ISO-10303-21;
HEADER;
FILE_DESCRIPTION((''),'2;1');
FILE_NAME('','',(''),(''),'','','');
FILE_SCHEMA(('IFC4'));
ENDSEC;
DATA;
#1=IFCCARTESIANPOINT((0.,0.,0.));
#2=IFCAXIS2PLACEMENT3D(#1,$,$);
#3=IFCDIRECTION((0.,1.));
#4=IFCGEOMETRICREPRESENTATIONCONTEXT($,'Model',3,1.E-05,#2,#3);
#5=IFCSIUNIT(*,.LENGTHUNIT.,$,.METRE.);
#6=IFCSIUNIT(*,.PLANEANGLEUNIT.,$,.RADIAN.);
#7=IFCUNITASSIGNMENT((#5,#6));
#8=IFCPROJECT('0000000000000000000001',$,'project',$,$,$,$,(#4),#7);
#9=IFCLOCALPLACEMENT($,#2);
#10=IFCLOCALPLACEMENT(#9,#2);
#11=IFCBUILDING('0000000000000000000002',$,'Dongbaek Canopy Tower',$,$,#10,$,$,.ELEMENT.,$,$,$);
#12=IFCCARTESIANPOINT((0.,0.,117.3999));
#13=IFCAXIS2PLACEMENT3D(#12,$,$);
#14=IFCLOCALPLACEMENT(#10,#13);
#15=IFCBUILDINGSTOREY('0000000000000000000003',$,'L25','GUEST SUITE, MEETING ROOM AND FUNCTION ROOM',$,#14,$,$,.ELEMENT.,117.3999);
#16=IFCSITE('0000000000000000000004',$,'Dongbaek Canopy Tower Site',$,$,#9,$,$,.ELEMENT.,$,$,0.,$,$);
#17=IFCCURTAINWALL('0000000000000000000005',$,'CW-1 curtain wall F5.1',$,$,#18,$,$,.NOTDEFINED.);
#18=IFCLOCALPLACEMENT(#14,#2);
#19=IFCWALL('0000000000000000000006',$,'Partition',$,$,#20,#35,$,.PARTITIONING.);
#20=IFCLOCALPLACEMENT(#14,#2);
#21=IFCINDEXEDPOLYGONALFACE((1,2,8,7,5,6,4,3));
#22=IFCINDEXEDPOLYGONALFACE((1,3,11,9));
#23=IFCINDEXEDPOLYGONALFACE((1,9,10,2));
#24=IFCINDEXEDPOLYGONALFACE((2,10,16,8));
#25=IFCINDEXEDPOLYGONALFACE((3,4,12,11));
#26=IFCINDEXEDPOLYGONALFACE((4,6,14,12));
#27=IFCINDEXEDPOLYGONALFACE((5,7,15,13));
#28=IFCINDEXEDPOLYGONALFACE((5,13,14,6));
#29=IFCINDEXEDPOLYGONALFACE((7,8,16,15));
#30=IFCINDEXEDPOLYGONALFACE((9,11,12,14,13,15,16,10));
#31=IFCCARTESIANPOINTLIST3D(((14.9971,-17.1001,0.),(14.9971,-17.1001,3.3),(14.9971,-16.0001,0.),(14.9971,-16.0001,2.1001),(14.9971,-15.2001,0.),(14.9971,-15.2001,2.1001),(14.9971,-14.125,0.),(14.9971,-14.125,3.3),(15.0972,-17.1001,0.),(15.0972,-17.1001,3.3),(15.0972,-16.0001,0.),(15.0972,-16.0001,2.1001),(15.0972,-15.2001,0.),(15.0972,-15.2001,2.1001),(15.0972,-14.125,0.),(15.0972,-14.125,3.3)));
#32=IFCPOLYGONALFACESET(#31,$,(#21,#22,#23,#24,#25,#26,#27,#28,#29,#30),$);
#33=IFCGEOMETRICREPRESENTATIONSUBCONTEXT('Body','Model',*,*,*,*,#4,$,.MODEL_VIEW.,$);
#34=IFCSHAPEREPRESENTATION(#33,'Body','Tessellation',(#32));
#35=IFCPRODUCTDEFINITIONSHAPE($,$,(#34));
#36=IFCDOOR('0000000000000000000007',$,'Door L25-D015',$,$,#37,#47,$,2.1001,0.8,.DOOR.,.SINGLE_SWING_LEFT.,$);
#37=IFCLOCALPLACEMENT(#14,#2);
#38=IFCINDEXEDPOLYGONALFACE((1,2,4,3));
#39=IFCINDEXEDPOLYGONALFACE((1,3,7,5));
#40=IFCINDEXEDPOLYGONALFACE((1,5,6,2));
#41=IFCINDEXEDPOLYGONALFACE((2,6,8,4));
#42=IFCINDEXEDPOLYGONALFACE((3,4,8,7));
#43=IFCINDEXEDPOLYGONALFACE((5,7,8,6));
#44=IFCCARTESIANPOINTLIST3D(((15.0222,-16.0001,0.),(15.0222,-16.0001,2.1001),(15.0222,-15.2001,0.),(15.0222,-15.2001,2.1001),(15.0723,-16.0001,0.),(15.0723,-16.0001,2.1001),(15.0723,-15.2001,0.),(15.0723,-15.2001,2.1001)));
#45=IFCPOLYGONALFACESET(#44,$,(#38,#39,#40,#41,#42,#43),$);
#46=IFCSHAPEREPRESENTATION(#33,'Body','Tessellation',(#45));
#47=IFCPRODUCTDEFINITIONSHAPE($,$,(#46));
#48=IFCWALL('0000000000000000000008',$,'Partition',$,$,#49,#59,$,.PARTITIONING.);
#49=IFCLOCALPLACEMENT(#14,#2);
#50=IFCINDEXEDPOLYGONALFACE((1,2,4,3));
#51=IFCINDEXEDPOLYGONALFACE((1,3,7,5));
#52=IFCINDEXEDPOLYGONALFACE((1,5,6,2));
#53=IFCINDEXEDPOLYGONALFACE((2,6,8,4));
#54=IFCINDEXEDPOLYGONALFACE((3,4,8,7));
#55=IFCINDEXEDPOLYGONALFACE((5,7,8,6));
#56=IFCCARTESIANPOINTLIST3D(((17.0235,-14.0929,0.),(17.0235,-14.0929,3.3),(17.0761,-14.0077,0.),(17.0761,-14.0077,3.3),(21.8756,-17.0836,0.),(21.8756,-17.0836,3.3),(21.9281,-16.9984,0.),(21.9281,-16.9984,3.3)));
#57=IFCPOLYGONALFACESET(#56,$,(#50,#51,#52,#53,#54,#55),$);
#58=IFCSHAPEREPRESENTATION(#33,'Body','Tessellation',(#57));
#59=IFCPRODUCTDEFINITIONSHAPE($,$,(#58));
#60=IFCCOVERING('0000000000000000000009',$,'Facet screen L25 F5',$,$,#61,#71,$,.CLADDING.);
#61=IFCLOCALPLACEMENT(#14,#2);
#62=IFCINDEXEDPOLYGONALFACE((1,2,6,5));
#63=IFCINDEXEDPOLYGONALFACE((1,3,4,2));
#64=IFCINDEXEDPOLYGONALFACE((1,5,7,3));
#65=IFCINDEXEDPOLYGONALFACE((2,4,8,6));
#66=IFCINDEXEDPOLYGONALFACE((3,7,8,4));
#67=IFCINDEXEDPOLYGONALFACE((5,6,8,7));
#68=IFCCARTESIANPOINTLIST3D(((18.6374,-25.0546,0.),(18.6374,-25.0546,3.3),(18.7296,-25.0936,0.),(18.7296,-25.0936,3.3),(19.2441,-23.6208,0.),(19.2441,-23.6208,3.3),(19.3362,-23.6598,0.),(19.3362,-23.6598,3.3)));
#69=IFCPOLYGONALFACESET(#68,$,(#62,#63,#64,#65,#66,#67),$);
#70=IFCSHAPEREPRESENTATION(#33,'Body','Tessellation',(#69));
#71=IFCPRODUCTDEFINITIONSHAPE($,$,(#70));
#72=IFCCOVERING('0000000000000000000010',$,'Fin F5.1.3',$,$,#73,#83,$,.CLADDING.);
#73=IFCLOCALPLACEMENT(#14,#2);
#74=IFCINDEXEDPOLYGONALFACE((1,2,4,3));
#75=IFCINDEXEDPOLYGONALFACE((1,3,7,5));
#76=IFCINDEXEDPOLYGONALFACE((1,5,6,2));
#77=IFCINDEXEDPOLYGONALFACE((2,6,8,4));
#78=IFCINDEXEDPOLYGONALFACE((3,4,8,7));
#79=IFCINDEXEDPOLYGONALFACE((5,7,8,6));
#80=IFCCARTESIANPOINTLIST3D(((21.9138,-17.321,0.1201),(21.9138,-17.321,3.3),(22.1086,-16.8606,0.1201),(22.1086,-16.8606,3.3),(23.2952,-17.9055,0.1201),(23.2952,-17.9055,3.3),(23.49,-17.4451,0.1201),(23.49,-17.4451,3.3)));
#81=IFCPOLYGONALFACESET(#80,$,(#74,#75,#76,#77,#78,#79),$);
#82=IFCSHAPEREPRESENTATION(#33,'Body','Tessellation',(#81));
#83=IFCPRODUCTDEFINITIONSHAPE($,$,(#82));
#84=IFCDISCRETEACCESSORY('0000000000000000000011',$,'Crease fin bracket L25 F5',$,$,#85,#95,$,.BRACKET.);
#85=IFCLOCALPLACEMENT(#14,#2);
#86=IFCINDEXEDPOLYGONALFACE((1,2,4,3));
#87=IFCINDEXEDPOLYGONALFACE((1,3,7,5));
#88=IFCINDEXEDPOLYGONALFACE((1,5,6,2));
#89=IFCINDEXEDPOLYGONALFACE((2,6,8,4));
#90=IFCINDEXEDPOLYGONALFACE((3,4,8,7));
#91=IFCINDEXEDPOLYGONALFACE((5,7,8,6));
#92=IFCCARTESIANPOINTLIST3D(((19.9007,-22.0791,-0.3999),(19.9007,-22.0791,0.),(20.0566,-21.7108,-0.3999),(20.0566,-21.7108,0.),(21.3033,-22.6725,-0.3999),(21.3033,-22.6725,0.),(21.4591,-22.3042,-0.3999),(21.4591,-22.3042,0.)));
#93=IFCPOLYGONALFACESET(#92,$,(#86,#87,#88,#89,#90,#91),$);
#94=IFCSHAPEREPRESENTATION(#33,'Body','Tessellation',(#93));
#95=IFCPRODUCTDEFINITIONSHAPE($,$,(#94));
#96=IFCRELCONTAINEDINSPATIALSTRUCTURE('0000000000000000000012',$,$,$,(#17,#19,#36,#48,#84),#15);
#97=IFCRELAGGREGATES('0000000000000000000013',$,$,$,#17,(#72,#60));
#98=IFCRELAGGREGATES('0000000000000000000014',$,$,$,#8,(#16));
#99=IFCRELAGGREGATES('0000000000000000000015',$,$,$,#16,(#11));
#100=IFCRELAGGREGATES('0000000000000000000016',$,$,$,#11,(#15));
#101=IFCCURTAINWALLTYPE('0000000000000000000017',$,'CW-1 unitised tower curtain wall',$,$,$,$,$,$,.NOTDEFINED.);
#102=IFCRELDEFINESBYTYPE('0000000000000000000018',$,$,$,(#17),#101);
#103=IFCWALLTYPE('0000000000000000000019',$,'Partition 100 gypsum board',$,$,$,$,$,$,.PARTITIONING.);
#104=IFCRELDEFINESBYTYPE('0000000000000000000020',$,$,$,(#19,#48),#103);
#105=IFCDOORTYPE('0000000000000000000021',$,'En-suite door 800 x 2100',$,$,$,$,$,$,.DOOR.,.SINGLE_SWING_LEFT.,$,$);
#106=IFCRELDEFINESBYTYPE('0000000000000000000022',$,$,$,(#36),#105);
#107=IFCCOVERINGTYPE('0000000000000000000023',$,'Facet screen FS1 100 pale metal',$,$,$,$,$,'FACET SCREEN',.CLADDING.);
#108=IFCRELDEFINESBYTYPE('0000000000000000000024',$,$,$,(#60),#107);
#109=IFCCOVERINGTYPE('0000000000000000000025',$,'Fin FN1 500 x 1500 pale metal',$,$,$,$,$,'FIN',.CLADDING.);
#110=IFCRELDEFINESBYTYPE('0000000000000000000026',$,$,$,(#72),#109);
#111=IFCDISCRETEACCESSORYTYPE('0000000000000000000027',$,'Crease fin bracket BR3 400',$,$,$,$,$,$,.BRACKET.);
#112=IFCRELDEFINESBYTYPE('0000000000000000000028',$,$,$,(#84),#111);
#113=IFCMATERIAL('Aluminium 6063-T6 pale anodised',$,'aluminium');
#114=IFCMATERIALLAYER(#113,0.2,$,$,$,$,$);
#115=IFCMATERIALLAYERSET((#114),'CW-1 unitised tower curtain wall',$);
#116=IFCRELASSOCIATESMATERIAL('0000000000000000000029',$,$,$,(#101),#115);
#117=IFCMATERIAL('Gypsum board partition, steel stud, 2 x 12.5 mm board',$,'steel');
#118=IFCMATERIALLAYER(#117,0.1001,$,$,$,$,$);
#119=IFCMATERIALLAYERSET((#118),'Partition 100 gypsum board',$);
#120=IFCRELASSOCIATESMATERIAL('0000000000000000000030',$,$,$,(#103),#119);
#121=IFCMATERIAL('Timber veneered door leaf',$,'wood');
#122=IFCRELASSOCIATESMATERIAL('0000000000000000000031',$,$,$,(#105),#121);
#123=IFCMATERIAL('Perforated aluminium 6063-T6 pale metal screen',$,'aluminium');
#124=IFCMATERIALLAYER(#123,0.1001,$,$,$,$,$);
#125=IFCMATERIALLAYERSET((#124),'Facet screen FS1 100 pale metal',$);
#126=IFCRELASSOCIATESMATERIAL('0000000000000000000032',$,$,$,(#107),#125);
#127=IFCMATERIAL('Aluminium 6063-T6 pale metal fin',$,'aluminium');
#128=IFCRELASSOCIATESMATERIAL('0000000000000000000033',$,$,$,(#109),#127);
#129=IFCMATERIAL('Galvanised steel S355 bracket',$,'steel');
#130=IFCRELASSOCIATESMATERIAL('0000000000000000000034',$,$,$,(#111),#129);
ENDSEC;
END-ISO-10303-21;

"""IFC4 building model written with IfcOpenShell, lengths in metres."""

from ifc_helpers import new_model, si_unit, direction, frame, frame_2d, origin, origin_2d, place, context, subcontext, project, spatial, rectangle, extrude, material, layer, layer_set, material_profile, profile_set, type_object, element, fill, aggregate, save


model = new_model("IFC4")

# Units and contexts
model_context = context("Model", 3, precision=1e-05, world=origin(), true_north=direction((0.0, 1.0)))
body_context = subcontext(model_context, "Body", "Model", "MODEL_VIEW")
ifc_project = project(units=[si_unit("LENGTHUNIT", "METRE"), si_unit("PLANEANGLEUNIT", "RADIAN")], contexts=[model_context])

# Site, building, storey
site_placement = place(None, origin())
site = spatial("IfcSite", under=ifc_project, at=site_placement, Name="Dongbaek Canopy Tower Site", CompositionType="ELEMENT", RefElevation=0.0)
building_placement = place(site_placement, origin())
building = spatial("IfcBuilding", under=site, at=building_placement, Name="Dongbaek Canopy Tower", CompositionType="ELEMENT")
storey_placement = place(building_placement, frame((0.0, 0.0, 117.3999)))
storey = spatial("IfcBuildingStorey", under=building, at=storey_placement, Name="L25", Description="GUEST SUITE, MEETING ROOM AND FUNCTION ROOM", CompositionType="ELEMENT", Elevation=117.3999)

# Curtain wall
ifc_material_1 = material(Name="Aluminium 6063-T6 pale anodised", Category="aluminium")
ifc_layer_1 = layer(ifc_material_1, 0.2)
ifc_layer_set_1 = layer_set([ifc_layer_1], Name="CW-1 unitised tower curtain wall")
curtain_wall_type = type_object("IfcCurtainWallType", Name="CW-1 unitised tower curtain wall", PredefinedType="NOTDEFINED", material=ifc_layer_set_1)
curtain_wall_placement = place(storey_placement, origin())
curtain_wall = element("IfcCurtainWall", 1, at=curtain_wall_placement, inside=storey, type_object=curtain_wall_type, Name="CW-1 curtain wall F5.1", PredefinedType="NOTDEFINED")

# Wall, opening, door
ifc_material_2 = material(Name="Gypsum board partition, steel stud, 2 x 12.5 mm board", Category="steel")
ifc_layer_2 = layer(ifc_material_2, 0.1001)
ifc_layer_set_2 = layer_set([ifc_layer_2], Name="Partition 100 gypsum board")
wall_type_1 = type_object("IfcWallType", Name="Partition 100 gypsum board", PredefinedType="PARTITIONING", material=ifc_layer_set_2)
wall_1_placement = place(storey_placement, frame((15.0471, -17.1001, 0.0), z_axis=(0.0, 0.0, 1.0), x_axis=(0.0, 1.0, 0.0)))
wall_1 = element("IfcWall", 2, at=wall_1_placement, inside=storey, type_object=wall_type_1, Name="Partition", PredefinedType="PARTITIONING", context=body_context, shape_type="SweptSolid", body=[
    extrude(rectangle(XDim=2.9751, YDim=0.1001, at=frame_2d((1.4875, 0.0))), origin(), (0.0, 0.0, 1.0), 3.3),
])
opening_1_placement = place(wall_1_placement, frame((1.1001, 0.0, 0.0)))
opening_1 = element("IfcOpeningElement", 3, at=opening_1_placement, cuts=wall_1, PredefinedType="OPENING", context=body_context, shape_type="SweptSolid", body=[
    extrude(rectangle(XDim=0.8, YDim=2.1001, at=frame_2d((0.3999, 1.05))), frame((0.0, 0.0601, 0.0), z_axis=(0.0, -1.0, 0.0), x_axis=(1.0, 0.0, 0.0)), (0.0, 0.0, 1.0), 0.1201),
])
ifc_material_3 = material(Name="Timber veneered door leaf", Category="wood")
door_type_1 = type_object("IfcDoorType", Name="En-suite door 800 x 2100", OperationType="SINGLE_SWING_LEFT", PredefinedType="DOOR", material=ifc_material_3)
door_1_placement = place(opening_1_placement, origin())
door_1 = element("IfcDoor", 4, at=door_1_placement, inside=storey, type_object=door_type_1, Name="Door L25-D015", OperationType="SINGLE_SWING_LEFT", OverallHeight=2.1001, OverallWidth=0.8, PredefinedType="DOOR", context=body_context, shape_type="SweptSolid", body=[
    extrude(rectangle(XDim=0.8, YDim=2.1001, at=frame_2d((0.3999, 1.05))), frame((0.0, 0.0249, 0.0), z_axis=(0.0, -1.0, 0.0), x_axis=(1.0, 0.0, 0.0)), (0.0, 0.0, 1.0), 0.05),
])
fill(opening_1, door_1)

# Wall
wall_2_placement = place(storey_placement, frame((17.0498, -14.0503, 0.0), z_axis=(0.0, 0.0, 1.0), x_axis=(0.851279, -0.524714, 0.0)))
element("IfcWall", 5, at=wall_2_placement, inside=storey, type_object=wall_type_1, Name="Partition", PredefinedType="PARTITIONING", context=body_context, shape_type="SweptSolid", body=[
    extrude(rectangle(XDim=5.6997, YDim=0.1001, at=frame_2d((2.8499, 0.0))), origin(), (0.0, 0.0, 1.0), 3.3),
])

# Coverings
ifc_material_4 = material(Name="Perforated aluminium 6063-T6 pale metal screen", Category="aluminium")
ifc_layer_3 = layer(ifc_material_4, 0.1001)
ifc_layer_set_3 = layer_set([ifc_layer_3], Name="Facet screen FS1 100 pale metal")
covering_type_1 = type_object("IfcCoveringType", Name="Facet screen FS1 100 pale metal", ElementType="FACET SCREEN", PredefinedType="CLADDING", material=ifc_layer_set_3)
covering_1_placement = place(storey_placement, frame((18.9868, -24.3572, 0.0), z_axis=(0.0, 0.0, 1.0), x_axis=(0.389662, 0.920958, 0.0)))
covering_1 = element("IfcCovering", 6, at=covering_1_placement, type_object=covering_type_1, Name="Facet screen L25 F5", PredefinedType="CLADDING", context=body_context, shape_type="SweptSolid", body=[
    extrude(rectangle(XDim=1.5569, YDim=0.1001, at=origin_2d()), origin(), (0.0, 0.0, 1.0), 3.3),
])
ifc_material_5 = material(Name="Aluminium 6063-T6 pale metal fin", Category="aluminium")
ifc_material_profile_1 = material_profile(ifc_material_5, rectangle(XDim=1.5, YDim=0.5, at=origin_2d()), Name="Fin FN1 500 x 1500 pale metal")
ifc_profile_set_1 = profile_set([ifc_material_profile_1], Name="Aluminium 6063-T6 pale metal fin")
covering_type_2 = type_object("IfcCoveringType", Name="Fin FN1 500 x 1500 pale metal", ElementType="FIN", PredefinedType="CLADDING", material=ifc_profile_set_1)
covering_2_placement = place(storey_placement, frame((22.7019, -17.3831, 0.1201), z_axis=(0.0, 0.0, 1.0), x_axis=(0.920958, -0.389663, 0.0)))
covering_2 = element("IfcCovering", 7, at=covering_2_placement, type_object=covering_type_2, Name="Fin F5.1.3", PredefinedType="CLADDING", context=body_context, shape_type="SweptSolid", body=[
    extrude(rectangle(XDim=1.5, YDim=0.5, at=origin_2d()), origin(), (0.0, 0.0, 1.0), 3.1799),
])
aggregate(curtain_wall, [covering_2, covering_1])

# Discrete accessory
ifc_material_6 = material(Name="Galvanised steel S355 bracket", Category="steel")
discrete_accessory_type = type_object("IfcDiscreteAccessoryType", Name="Crease fin bracket BR3 400", PredefinedType="BRACKET", material=ifc_material_6)
discrete_accessory_placement = place(storey_placement, frame((20.6799, -22.1917, -0.3999), z_axis=(0.0, 0.0, 1.0), x_axis=(0.920958, -0.389662, 0.0)))
element("IfcDiscreteAccessory", 8, at=discrete_accessory_placement, inside=storey, type_object=discrete_accessory_type, Name="Crease fin bracket L25 F5", PredefinedType="BRACKET", context=body_context, shape_type="SweptSolid", body=[
    extrude(rectangle(XDim=1.5229, YDim=0.3999, at=origin_2d()), origin(), (0.0, 0.0, 1.0), 0.3999),
])

save(model, "model.ifc")
